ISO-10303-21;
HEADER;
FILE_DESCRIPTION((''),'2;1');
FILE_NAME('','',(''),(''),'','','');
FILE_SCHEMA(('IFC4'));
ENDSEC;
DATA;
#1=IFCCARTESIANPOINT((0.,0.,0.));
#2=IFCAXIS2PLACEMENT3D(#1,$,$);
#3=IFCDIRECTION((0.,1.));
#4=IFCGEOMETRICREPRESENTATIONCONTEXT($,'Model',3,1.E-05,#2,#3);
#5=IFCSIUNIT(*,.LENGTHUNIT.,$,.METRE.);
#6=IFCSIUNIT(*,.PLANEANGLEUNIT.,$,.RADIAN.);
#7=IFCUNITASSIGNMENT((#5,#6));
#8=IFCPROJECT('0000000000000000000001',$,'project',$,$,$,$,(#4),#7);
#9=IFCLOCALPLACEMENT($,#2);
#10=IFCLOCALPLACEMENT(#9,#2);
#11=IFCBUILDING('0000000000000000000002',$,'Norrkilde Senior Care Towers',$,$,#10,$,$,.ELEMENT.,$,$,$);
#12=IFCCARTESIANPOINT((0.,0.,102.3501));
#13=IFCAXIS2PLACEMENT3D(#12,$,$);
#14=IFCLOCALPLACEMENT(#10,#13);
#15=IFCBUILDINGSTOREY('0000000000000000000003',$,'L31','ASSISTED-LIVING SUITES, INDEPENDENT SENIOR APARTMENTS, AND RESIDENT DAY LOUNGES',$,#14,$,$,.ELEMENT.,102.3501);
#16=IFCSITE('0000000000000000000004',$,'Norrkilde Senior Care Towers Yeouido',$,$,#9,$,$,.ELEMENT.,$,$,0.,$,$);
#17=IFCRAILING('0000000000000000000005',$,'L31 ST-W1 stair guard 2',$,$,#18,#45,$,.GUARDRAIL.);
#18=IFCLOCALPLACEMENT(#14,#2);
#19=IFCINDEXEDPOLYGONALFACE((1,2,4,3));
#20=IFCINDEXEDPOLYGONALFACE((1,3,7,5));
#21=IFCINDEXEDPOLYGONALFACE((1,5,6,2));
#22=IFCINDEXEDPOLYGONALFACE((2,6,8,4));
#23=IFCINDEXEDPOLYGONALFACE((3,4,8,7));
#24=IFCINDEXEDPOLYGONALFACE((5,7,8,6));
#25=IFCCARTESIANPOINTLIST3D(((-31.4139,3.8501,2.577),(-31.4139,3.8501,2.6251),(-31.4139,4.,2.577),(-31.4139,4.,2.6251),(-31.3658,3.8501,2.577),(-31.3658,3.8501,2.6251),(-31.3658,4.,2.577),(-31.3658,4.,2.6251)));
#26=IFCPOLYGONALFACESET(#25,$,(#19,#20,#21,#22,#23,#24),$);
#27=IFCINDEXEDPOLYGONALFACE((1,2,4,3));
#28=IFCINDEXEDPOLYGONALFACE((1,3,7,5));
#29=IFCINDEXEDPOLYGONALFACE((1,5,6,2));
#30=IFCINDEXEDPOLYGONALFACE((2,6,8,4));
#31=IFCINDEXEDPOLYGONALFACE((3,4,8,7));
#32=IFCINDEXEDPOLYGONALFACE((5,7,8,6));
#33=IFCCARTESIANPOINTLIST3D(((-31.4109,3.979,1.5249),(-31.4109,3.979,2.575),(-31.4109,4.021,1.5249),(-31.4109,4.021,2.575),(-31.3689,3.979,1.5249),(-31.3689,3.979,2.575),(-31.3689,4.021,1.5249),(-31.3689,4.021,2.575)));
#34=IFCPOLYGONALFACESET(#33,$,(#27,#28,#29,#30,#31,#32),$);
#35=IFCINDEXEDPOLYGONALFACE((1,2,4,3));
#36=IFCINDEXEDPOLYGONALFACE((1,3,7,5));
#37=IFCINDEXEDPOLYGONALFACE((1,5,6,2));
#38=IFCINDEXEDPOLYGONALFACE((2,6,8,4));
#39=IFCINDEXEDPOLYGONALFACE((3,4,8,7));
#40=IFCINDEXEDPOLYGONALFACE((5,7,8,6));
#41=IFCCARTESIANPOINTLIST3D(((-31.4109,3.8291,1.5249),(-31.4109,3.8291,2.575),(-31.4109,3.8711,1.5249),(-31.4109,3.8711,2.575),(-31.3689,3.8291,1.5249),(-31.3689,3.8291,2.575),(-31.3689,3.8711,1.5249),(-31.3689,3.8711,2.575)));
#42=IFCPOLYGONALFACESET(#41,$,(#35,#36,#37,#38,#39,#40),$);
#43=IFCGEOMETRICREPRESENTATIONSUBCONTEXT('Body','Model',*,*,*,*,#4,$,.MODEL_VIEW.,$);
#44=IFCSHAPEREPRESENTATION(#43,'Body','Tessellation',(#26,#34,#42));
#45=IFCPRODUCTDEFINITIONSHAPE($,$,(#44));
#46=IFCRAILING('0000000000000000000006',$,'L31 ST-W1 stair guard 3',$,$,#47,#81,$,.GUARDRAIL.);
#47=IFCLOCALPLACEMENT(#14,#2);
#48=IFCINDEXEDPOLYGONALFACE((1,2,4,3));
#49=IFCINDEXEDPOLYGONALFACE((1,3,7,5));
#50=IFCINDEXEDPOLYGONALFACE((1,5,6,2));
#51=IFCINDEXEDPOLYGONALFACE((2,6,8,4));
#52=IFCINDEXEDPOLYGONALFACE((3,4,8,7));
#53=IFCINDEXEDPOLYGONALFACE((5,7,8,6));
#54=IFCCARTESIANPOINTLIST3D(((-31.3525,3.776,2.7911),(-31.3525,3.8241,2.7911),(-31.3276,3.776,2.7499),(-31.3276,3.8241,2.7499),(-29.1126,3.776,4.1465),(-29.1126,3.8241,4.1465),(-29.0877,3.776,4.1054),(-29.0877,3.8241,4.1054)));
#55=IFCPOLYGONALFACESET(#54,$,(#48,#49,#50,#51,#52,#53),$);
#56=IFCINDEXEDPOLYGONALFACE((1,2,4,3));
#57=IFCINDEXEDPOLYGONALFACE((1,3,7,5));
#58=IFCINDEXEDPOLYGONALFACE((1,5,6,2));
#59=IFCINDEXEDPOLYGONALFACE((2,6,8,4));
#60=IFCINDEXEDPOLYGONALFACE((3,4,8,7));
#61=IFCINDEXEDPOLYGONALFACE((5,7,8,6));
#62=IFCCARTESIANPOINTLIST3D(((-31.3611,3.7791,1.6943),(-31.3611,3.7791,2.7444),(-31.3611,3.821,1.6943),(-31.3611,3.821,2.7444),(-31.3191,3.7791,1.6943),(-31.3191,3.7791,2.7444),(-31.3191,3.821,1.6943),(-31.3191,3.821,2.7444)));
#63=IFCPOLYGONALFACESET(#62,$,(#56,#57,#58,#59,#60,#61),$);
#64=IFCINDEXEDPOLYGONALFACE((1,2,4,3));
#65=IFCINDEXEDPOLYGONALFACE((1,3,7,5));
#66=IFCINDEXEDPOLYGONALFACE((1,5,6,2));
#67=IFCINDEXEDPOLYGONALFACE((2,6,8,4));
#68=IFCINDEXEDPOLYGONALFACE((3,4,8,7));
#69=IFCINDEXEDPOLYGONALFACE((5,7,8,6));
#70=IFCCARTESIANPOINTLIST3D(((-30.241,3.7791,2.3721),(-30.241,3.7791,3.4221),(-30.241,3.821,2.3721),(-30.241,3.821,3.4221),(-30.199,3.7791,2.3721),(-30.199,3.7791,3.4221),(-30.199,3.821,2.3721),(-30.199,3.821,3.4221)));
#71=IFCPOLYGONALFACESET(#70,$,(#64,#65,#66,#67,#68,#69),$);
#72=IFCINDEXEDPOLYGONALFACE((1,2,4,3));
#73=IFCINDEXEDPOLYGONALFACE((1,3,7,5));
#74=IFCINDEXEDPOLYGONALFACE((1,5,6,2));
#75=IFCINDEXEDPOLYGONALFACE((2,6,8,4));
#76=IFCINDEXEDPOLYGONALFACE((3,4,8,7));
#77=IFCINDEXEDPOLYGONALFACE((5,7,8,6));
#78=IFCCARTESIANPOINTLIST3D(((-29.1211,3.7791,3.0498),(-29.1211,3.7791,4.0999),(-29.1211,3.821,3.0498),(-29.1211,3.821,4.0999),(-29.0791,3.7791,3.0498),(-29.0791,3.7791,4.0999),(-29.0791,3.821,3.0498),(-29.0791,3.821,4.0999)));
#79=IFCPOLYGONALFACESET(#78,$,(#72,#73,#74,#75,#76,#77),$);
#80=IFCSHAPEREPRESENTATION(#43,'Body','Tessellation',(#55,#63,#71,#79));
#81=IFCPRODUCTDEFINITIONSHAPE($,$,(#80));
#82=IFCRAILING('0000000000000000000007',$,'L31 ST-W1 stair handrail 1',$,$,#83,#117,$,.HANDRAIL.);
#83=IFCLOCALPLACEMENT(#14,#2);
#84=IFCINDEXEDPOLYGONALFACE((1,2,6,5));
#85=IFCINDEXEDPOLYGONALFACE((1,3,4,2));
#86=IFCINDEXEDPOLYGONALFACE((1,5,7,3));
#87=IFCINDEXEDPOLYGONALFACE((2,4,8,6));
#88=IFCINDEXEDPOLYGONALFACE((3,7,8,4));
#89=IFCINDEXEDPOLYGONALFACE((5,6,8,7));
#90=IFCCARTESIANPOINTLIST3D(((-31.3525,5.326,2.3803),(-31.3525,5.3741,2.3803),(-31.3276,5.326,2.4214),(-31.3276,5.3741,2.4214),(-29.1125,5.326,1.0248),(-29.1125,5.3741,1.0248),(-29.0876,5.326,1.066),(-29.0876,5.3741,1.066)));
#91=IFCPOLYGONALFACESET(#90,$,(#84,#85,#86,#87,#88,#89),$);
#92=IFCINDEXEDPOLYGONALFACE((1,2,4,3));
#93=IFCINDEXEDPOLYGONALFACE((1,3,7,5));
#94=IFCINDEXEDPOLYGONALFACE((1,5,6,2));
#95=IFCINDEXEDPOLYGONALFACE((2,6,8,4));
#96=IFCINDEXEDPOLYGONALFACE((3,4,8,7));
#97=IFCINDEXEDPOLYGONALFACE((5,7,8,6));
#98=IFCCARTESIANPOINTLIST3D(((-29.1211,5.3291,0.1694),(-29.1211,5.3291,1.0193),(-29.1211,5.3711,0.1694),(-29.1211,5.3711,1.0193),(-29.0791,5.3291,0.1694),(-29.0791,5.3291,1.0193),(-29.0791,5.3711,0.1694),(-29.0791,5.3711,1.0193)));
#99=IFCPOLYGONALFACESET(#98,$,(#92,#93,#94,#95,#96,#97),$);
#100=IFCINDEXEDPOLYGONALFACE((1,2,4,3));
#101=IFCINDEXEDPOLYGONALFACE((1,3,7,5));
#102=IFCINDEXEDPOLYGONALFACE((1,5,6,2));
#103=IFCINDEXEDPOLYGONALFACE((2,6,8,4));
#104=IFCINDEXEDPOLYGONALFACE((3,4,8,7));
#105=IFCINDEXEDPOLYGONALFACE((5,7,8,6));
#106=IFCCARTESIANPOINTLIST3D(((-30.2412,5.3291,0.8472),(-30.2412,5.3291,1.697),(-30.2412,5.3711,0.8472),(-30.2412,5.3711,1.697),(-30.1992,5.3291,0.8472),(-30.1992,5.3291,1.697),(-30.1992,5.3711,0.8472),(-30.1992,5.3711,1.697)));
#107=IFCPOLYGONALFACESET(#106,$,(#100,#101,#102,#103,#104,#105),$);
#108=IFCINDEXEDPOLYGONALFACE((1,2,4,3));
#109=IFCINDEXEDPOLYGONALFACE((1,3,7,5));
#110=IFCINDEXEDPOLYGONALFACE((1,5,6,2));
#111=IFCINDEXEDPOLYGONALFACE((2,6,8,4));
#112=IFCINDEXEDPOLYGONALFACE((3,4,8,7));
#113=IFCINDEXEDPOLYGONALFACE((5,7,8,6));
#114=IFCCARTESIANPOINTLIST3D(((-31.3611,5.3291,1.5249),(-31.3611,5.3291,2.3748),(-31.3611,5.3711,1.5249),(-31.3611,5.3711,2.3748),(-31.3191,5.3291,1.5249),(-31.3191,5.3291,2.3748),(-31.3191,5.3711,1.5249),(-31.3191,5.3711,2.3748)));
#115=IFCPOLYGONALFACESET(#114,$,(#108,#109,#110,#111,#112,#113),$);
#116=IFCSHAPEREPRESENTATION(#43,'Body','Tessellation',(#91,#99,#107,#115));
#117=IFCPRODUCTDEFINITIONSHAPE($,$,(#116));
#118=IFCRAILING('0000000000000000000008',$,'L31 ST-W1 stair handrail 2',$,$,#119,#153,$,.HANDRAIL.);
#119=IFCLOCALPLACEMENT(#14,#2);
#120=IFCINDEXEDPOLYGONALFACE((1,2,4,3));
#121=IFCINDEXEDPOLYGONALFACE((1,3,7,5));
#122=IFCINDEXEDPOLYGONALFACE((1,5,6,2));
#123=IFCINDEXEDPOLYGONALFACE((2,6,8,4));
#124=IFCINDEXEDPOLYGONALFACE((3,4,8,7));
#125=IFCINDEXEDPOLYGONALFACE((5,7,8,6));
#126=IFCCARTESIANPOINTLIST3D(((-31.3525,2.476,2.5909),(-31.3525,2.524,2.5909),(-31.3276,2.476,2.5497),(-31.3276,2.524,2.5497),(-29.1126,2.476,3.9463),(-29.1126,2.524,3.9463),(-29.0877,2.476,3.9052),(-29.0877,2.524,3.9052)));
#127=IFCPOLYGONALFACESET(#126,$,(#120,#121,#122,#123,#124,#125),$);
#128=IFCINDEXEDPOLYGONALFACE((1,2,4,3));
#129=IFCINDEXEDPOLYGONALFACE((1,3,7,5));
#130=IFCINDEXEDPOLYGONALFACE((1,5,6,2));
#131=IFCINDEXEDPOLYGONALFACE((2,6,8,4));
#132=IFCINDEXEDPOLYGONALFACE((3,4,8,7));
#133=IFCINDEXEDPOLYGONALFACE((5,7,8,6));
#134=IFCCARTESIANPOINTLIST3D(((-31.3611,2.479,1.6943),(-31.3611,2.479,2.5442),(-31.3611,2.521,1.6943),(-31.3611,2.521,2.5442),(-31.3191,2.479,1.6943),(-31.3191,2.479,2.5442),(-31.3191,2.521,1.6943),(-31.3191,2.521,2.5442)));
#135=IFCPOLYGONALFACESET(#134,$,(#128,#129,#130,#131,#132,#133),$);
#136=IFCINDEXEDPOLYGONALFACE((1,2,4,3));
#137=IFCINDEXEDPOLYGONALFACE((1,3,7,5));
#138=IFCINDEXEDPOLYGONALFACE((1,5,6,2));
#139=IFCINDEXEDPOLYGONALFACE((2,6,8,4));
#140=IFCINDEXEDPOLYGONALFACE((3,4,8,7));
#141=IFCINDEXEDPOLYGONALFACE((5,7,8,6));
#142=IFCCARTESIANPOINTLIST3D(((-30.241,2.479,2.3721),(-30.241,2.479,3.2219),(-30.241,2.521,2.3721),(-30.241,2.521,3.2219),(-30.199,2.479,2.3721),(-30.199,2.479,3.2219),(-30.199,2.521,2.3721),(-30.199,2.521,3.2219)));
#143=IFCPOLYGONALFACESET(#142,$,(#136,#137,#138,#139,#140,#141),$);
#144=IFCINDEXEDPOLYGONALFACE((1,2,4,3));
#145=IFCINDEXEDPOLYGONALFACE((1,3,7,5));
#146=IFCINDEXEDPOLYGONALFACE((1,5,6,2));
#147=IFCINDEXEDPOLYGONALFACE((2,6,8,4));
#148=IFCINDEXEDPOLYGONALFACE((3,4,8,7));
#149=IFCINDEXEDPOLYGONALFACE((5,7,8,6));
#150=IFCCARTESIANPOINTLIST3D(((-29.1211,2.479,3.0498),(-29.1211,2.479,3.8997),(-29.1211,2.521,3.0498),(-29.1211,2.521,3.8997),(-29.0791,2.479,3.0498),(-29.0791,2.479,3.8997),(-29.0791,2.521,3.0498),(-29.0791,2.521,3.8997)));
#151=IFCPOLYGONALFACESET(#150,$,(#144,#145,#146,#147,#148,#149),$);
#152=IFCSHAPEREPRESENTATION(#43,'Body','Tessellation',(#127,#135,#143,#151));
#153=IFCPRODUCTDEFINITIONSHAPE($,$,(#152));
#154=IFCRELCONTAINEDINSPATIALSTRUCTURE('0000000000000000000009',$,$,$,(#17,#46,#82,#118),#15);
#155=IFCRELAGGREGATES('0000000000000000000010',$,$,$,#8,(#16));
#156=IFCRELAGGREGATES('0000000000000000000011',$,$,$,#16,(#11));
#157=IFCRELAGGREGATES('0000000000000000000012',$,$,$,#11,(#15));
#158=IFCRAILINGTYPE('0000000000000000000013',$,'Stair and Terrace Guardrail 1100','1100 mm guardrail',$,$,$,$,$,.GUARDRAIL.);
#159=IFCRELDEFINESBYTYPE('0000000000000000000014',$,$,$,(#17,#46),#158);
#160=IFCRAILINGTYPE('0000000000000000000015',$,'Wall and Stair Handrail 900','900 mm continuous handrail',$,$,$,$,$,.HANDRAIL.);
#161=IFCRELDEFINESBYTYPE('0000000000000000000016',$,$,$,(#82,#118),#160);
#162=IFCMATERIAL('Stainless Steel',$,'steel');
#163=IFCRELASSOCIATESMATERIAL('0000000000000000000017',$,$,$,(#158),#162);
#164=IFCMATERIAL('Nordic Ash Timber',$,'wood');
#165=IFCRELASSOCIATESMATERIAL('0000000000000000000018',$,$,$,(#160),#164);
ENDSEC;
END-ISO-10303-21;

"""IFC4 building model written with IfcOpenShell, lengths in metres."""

from ifc_helpers import new_model, si_unit, direction, frame, origin, origin_2d, place, context, subcontext, project, spatial, rectangle, extrude, material, type_object, element, save


model = new_model("IFC4")

# Units and contexts
model_context = context("Model", 3, precision=1e-05, world=origin(), true_north=direction((0.0, 1.0)))
body_context = subcontext(model_context, "Body", "Model", "MODEL_VIEW")
ifc_project = project(units=[si_unit("LENGTHUNIT", "METRE"), si_unit("PLANEANGLEUNIT", "RADIAN")], contexts=[model_context])

# Site, building, storey
site_placement = place(None, origin())
site = spatial("IfcSite", under=ifc_project, at=site_placement, Name="Norrkilde Senior Care Towers Yeouido", CompositionType="ELEMENT", RefElevation=0.0)
building_placement = place(site_placement, origin())
building = spatial("IfcBuilding", under=site, at=building_placement, Name="Norrkilde Senior Care Towers", CompositionType="ELEMENT")
storey_placement = place(building_placement, frame((0.0, 0.0, 102.3501)))
storey = spatial("IfcBuildingStorey", under=building, at=storey_placement, Name="L31", Description="ASSISTED-LIVING SUITES, INDEPENDENT SENIOR APARTMENTS, AND RESIDENT DAY LOUNGES", CompositionType="ELEMENT", Elevation=102.3501)

# Railings
ifc_material_1 = material(Name="Stainless Steel", Category="steel")
railing_type_1 = type_object("IfcRailingType", Name="Stair and Terrace Guardrail 1100", Description="1100 mm guardrail", PredefinedType="GUARDRAIL", material=ifc_material_1)
railing_1_placement = place(storey_placement, frame((-31.3899, 4.0, 1.5249)))
element("IfcRailing", 1, at=railing_1_placement, inside=storey, type_object=railing_type_1, Name="L31 ST-W1 stair guard 2", PredefinedType="GUARDRAIL", context=body_context, shape_type="SweptSolid", body=[
    extrude(rectangle(XDim=0.0481, YDim=0.0481, at=origin_2d()), frame((0.0, 0.0, 1.0762), z_axis=(0.0, -1.0, 0.0), x_axis=(1.0, 0.0, 0.0)), (0.0, 0.0, 1.0), 0.1499),
    extrude(rectangle(XDim=0.042, YDim=0.042, at=origin_2d()), origin(), (0.0, 0.0, 1.0), 1.05),
    extrude(rectangle(XDim=0.042, YDim=0.042, at=origin_2d()), frame((0.0, -0.1499, 0.0)), (0.0, 0.0, 1.0), 1.05),
])
railing_2_placement = place(storey_placement, frame((-31.3401, 3.8, 1.6943)))
element("IfcRailing", 2, at=railing_2_placement, inside=storey, type_object=railing_type_1, Name="L31 ST-W1 stair guard 3", PredefinedType="GUARDRAIL", context=body_context, shape_type="SweptSolid", body=[
    extrude(rectangle(XDim=0.0481, YDim=0.0481, at=origin_2d()), frame((0.0, 0.0, 1.0762), z_axis=(0.855553, 0.0, 0.517715), x_axis=(0.0, 1.0, 0.0)), (0.0, 0.0, 1.0), 2.6182),
    extrude(rectangle(XDim=0.042, YDim=0.042, at=origin_2d()), origin(), (0.0, 0.0, 1.0), 1.05),
    extrude(rectangle(XDim=0.042, YDim=0.042, at=origin_2d()), frame((1.1201, 0.0, 0.6777)), (0.0, 0.0, 1.0), 1.05),
    extrude(rectangle(XDim=0.042, YDim=0.042, at=origin_2d()), frame((2.24, 0.0, 1.3555)), (0.0, 0.0, 1.0), 1.05),
])
ifc_material_2 = material(Name="Nordic Ash Timber", Category="wood")
railing_type_2 = type_object("IfcRailingType", Name="Wall and Stair Handrail 900", Description="900 mm continuous handrail", PredefinedType="HANDRAIL", material=ifc_material_2)
railing_3_placement = place(storey_placement, frame((-29.1001, 5.3501, 0.1694)))
element("IfcRailing", 3, at=railing_3_placement, inside=storey, type_object=railing_type_2, Name="L31 ST-W1 stair handrail 1", PredefinedType="HANDRAIL", context=body_context, shape_type="SweptSolid", body=[
    extrude(rectangle(XDim=0.0481, YDim=0.0481, at=origin_2d()), frame((0.0, 0.0, 0.876), z_axis=(-0.855553, 0.0, 0.517715), x_axis=(0.0, -1.0, 0.0)), (0.0, 0.0, 1.0), 2.6182),
    extrude(rectangle(XDim=0.042, YDim=0.042, at=origin_2d()), origin(), (0.0, 0.0, 1.0), 0.8499),
    extrude(rectangle(XDim=0.042, YDim=0.042, at=origin_2d()), frame((-1.1201, 0.0, 0.6777)), (0.0, 0.0, 1.0), 0.8499),
    extrude(rectangle(XDim=0.042, YDim=0.042, at=origin_2d()), frame((-2.24, 0.0, 1.3555)), (0.0, 0.0, 1.0), 0.8499),
])
railing_4_placement = place(storey_placement, frame((-31.3401, 2.5, 1.6943)))
element("IfcRailing", 4, at=railing_4_placement, inside=storey, type_object=railing_type_2, Name="L31 ST-W1 stair handrail 2", PredefinedType="HANDRAIL", context=body_context, shape_type="SweptSolid", body=[
    extrude(rectangle(XDim=0.0481, YDim=0.0481, at=origin_2d()), frame((0.0, 0.0, 0.876), z_axis=(0.855553, 0.0, 0.517715), x_axis=(0.0, 1.0, 0.0)), (0.0, 0.0, 1.0), 2.6182),
    extrude(rectangle(XDim=0.042, YDim=0.042, at=origin_2d()), origin(), (0.0, 0.0, 1.0), 0.8499),
    extrude(rectangle(XDim=0.042, YDim=0.042, at=origin_2d()), frame((1.1201, 0.0, 0.6777)), (0.0, 0.0, 1.0), 0.8499),
    extrude(rectangle(XDim=0.042, YDim=0.042, at=origin_2d()), frame((2.24, 0.0, 1.3555)), (0.0, 0.0, 1.0), 0.8499),
])

save(model, "model.ifc")
